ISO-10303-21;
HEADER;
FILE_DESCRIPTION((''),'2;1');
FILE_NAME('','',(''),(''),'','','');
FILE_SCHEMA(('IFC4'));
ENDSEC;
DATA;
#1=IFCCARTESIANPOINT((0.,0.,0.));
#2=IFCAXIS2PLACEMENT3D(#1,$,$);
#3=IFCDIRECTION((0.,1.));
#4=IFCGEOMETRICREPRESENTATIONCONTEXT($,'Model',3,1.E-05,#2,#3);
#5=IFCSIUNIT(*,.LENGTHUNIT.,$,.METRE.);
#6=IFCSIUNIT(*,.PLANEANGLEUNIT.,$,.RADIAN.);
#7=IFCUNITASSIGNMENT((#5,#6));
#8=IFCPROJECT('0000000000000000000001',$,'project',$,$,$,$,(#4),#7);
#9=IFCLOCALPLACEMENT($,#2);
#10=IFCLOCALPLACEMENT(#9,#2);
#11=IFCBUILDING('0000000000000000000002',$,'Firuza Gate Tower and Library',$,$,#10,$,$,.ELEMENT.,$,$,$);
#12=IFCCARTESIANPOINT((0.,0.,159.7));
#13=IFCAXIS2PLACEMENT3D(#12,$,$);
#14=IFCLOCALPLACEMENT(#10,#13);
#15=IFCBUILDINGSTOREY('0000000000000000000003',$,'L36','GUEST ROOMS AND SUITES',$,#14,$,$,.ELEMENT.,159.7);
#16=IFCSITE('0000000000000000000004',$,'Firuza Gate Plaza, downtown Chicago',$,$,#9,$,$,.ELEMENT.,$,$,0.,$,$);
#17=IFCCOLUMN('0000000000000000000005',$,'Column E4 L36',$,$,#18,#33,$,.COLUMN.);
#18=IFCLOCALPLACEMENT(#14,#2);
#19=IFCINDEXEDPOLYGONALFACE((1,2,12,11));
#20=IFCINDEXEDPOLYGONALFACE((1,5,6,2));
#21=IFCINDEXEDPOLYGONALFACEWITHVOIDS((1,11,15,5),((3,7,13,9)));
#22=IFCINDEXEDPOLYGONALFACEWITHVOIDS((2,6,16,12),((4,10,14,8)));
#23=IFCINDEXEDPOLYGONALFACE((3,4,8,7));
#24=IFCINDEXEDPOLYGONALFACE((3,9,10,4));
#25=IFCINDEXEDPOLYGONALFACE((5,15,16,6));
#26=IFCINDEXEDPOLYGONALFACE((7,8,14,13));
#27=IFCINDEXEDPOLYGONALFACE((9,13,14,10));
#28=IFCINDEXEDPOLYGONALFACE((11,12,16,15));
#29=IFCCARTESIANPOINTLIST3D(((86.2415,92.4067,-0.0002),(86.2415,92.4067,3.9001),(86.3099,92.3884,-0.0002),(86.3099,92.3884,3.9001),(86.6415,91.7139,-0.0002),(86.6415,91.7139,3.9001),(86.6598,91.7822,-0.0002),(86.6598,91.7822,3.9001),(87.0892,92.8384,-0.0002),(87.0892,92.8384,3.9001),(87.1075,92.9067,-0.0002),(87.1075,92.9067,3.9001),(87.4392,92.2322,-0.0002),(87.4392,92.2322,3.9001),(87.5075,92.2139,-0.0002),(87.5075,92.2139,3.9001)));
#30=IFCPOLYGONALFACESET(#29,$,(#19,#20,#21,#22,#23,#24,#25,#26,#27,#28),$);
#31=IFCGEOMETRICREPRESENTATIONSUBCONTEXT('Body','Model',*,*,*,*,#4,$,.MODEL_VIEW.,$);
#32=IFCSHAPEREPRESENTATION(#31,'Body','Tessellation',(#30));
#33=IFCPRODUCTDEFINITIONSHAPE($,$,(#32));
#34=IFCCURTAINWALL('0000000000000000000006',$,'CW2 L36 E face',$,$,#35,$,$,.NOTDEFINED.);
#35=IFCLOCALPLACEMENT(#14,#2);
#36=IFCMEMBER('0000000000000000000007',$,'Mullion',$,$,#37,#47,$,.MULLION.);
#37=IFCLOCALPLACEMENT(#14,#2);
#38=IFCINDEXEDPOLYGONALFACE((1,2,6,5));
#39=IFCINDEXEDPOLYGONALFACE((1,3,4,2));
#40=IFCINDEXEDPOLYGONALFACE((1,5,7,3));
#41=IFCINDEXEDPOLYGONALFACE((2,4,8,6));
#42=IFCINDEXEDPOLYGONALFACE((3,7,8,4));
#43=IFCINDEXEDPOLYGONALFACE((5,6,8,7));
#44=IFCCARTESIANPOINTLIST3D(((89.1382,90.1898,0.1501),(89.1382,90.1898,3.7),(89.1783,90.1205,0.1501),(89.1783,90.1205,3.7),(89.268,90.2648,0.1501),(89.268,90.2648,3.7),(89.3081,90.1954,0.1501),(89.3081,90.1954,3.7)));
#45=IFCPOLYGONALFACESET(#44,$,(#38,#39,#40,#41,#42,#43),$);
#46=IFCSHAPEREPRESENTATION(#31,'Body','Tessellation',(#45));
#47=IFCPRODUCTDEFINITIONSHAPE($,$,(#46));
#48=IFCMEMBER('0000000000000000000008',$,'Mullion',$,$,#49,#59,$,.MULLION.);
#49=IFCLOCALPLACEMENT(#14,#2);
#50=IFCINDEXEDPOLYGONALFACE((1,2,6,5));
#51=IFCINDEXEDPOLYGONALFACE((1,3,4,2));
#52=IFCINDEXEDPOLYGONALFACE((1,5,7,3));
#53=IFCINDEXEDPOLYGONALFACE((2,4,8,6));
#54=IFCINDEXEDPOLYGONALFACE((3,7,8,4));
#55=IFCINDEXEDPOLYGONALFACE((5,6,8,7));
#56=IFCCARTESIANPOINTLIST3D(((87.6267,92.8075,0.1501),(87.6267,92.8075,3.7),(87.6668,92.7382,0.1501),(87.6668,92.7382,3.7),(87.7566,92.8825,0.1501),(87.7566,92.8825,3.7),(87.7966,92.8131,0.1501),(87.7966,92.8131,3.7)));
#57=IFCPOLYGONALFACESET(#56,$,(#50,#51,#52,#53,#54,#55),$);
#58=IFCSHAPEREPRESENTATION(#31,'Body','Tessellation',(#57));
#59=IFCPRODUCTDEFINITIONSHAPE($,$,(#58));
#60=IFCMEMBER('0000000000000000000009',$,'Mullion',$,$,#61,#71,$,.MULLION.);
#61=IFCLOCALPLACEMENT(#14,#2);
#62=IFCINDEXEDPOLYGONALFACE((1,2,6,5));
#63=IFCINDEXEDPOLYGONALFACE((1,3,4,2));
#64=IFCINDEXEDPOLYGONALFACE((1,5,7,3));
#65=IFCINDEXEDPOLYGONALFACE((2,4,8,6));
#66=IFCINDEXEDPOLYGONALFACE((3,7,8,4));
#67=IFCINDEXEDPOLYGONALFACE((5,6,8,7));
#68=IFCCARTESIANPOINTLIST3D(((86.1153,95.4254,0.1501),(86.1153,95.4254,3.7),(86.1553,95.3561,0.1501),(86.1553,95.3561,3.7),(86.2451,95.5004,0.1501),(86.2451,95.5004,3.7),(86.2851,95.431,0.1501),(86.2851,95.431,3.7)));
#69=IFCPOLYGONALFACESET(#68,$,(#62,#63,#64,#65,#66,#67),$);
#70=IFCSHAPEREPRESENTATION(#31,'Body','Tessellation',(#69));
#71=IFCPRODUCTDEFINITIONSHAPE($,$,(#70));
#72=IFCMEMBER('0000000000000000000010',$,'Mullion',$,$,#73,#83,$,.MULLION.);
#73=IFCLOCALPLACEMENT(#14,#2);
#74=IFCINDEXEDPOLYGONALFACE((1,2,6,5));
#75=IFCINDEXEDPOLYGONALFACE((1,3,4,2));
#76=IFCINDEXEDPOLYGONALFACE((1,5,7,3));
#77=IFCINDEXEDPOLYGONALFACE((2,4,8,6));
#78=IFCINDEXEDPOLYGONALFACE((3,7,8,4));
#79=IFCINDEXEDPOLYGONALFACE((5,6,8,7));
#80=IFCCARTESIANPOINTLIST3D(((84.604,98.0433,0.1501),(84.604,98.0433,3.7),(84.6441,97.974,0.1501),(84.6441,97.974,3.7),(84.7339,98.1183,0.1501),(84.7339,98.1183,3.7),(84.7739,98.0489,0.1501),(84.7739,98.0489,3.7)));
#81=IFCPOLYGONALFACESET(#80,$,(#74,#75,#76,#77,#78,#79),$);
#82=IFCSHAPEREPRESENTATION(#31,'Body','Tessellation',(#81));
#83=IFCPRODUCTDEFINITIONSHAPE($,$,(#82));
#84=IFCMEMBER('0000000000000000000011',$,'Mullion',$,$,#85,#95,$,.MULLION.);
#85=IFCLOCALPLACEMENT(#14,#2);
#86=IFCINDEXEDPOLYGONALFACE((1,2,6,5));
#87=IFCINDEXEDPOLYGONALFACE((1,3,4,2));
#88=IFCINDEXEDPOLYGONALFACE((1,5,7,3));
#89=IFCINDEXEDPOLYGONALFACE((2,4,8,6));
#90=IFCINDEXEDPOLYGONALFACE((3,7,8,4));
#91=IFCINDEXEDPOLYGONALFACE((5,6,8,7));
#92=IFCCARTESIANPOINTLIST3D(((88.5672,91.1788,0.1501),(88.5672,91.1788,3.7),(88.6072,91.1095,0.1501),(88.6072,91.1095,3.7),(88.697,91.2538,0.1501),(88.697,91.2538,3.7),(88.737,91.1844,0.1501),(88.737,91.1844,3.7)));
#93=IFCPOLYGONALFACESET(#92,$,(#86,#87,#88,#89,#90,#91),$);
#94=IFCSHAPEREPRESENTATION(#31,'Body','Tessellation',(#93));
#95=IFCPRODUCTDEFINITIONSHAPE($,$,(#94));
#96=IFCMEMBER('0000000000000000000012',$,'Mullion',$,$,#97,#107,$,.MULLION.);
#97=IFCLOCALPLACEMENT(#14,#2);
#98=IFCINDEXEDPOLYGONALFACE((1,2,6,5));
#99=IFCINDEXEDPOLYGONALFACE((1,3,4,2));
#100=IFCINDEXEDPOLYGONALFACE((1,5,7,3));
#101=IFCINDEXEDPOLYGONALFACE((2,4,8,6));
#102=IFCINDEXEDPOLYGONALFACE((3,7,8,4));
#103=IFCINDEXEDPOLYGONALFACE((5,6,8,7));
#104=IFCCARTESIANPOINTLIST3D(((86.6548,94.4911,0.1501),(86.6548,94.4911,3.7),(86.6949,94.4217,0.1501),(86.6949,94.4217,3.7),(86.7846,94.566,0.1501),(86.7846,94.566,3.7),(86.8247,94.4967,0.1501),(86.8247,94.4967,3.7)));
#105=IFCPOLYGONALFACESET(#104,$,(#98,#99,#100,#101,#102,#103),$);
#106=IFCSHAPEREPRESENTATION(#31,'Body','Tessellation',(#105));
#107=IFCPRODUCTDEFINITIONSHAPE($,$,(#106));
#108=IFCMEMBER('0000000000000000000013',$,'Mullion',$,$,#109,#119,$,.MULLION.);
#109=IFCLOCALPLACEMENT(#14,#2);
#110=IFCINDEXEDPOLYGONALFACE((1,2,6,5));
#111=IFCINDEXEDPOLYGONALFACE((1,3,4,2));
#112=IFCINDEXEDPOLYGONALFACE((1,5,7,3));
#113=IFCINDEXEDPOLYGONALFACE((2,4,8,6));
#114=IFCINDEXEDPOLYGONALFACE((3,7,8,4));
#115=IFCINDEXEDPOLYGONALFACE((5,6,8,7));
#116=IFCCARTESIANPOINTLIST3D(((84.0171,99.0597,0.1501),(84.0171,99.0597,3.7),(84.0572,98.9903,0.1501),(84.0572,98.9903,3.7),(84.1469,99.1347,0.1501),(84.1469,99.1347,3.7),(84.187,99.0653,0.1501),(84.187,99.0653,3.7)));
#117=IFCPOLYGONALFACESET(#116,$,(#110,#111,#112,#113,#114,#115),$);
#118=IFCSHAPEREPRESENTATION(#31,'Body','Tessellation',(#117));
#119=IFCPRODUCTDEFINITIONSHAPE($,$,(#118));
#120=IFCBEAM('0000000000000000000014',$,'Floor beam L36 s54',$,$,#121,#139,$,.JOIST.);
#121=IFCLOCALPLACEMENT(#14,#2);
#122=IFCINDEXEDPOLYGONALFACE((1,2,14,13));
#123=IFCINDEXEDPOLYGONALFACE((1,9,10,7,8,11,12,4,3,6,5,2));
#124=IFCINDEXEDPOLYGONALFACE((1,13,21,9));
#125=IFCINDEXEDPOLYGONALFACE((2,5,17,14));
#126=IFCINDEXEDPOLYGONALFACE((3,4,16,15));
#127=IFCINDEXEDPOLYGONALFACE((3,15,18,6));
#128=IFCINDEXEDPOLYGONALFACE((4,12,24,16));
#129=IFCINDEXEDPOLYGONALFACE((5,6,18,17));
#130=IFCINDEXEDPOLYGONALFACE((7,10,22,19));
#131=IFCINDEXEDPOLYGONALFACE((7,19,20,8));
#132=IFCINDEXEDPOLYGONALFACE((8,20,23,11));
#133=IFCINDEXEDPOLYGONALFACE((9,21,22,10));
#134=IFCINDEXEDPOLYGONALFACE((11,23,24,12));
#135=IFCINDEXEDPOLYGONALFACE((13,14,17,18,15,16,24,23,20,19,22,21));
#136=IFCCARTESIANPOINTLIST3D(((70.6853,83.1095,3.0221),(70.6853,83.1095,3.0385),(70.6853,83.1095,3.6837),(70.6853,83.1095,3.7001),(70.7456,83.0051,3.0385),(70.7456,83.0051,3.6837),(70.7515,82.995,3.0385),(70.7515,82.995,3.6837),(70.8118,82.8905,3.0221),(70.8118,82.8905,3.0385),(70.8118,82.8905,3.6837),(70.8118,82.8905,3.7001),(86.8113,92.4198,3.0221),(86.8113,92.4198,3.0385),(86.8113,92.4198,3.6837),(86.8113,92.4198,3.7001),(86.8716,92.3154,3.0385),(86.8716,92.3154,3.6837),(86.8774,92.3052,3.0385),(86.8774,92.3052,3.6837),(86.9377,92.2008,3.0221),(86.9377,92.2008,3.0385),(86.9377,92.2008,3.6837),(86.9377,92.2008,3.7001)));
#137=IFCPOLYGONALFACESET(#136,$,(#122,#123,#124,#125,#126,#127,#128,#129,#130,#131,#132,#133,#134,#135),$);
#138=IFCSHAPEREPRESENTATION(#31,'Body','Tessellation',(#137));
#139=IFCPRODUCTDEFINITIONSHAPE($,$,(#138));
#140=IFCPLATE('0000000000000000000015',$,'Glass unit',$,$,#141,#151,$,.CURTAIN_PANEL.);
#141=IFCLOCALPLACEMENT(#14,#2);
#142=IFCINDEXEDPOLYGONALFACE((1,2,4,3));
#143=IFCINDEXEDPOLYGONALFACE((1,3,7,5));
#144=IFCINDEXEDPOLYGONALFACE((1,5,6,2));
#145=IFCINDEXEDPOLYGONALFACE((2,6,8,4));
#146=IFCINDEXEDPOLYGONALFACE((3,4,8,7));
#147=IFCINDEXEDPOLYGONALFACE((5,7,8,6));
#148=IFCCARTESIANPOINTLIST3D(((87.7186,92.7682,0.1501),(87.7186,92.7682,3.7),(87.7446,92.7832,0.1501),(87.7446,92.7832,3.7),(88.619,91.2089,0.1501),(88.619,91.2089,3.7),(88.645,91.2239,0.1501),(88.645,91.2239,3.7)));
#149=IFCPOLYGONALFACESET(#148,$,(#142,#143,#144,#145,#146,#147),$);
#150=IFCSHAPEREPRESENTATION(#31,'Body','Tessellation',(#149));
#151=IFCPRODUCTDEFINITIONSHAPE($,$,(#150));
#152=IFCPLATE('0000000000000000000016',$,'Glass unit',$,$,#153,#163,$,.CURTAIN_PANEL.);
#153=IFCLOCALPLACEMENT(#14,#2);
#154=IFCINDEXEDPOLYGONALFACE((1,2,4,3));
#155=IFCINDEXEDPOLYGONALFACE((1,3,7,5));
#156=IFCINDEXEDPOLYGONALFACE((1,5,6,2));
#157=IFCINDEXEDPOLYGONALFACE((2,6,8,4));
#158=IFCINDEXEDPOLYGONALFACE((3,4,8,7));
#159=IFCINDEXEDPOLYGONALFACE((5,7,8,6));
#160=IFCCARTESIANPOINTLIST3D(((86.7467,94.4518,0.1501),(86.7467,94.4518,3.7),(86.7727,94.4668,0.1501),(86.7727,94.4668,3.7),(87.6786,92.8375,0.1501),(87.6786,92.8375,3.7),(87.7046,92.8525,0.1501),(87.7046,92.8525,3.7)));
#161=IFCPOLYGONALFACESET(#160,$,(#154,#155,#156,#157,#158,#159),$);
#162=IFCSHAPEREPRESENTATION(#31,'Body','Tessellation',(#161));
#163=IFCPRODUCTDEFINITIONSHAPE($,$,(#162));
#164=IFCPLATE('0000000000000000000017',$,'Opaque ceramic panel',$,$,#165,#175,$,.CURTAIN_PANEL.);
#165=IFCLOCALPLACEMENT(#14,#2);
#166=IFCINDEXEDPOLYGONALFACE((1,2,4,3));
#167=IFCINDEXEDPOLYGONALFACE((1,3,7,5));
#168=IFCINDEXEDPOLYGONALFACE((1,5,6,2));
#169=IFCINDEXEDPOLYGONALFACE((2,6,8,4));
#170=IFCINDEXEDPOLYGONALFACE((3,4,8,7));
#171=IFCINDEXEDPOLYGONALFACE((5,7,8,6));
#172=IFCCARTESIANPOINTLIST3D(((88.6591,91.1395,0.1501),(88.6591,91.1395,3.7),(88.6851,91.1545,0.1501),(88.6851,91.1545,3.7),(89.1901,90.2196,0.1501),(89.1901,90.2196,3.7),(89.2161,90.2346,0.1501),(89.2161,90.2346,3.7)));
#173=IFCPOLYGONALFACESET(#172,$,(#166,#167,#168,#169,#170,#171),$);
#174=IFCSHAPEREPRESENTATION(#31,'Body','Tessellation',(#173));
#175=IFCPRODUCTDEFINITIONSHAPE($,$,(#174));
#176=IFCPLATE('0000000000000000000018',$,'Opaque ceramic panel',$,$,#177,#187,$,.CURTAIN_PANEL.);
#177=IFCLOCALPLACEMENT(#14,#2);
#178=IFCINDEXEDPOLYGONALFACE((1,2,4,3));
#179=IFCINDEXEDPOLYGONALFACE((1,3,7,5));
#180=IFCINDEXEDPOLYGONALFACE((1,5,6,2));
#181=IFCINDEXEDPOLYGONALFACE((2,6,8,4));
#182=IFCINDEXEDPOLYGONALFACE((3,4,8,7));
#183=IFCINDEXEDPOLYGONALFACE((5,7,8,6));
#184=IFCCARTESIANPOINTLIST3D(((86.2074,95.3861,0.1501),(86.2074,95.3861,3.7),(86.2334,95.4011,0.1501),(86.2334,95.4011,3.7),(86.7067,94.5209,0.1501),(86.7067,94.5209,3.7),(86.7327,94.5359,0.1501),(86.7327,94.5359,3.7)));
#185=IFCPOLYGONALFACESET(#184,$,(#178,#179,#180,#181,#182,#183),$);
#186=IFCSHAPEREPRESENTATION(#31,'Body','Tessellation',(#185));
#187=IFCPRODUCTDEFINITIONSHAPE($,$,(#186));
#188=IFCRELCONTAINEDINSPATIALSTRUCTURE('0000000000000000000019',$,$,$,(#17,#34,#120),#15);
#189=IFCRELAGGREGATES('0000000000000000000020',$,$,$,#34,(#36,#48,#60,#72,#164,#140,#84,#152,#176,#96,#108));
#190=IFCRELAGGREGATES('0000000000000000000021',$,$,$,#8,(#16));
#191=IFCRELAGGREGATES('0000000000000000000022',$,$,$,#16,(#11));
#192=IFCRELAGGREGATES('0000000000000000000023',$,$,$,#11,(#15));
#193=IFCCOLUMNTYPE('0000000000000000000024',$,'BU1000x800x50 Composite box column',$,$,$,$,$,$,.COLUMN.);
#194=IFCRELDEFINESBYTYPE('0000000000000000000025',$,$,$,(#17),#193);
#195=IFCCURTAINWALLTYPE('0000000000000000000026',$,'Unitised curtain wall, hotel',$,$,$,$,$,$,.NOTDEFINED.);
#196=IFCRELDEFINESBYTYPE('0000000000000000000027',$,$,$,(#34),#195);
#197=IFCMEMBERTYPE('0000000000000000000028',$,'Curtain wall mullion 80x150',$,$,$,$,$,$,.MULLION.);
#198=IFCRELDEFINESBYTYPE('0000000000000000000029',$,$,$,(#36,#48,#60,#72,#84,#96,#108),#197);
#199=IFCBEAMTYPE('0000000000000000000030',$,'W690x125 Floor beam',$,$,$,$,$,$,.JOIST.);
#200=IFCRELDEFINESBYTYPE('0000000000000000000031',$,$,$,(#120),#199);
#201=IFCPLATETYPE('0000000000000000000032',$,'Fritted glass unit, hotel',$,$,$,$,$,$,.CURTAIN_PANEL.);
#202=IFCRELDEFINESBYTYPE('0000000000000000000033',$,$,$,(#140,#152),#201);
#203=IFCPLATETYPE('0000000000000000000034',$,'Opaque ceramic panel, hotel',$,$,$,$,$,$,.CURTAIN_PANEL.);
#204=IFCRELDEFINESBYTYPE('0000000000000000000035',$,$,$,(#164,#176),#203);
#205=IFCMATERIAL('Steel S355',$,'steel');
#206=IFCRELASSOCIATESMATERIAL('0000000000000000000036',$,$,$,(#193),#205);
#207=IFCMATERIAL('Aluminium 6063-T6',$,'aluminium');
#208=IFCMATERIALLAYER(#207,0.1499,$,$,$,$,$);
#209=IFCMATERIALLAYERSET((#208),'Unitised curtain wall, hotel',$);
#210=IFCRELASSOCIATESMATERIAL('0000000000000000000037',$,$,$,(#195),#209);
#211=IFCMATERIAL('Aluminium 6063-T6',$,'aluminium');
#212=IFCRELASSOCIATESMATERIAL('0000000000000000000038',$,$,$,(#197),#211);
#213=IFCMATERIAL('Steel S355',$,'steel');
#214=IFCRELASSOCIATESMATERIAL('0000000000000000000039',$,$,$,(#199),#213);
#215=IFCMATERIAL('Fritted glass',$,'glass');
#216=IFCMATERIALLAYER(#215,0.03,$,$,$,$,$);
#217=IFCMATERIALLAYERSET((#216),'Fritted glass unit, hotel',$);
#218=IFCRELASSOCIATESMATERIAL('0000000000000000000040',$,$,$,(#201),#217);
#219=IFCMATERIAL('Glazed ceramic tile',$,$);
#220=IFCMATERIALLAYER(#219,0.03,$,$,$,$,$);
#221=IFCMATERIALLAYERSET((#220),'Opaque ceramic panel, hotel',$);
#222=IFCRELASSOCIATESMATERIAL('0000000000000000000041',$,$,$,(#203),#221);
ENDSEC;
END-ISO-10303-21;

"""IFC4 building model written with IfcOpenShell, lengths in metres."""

from ifc_helpers import new_model, si_unit, direction, frame, origin, origin_2d, place, context, subcontext, project, spatial, polyline, rectangle, hollow_rectangle, i_section, outline, extrude, material, layer, layer_set, material_profile, profile_set, type_object, element, aggregate, save


model = new_model("IFC4")

# Units and contexts
model_context = context("Model", 3, precision=1e-05, world=origin(), true_north=direction((0.0, 1.0)))
body_context = subcontext(model_context, "Body", "Model", "MODEL_VIEW")
ifc_project = project(units=[si_unit("LENGTHUNIT", "METRE"), si_unit("PLANEANGLEUNIT", "RADIAN")], contexts=[model_context])

# Site, building, storey
site_placement = place(None, origin())
site = spatial("IfcSite", under=ifc_project, at=site_placement, Name="Firuza Gate Plaza, downtown Chicago", CompositionType="ELEMENT", RefElevation=0.0)
building_placement = place(site_placement, origin())
building = spatial("IfcBuilding", under=site, at=building_placement, Name="Firuza Gate Tower and Library", CompositionType="ELEMENT")
storey_placement = place(building_placement, frame((0.0, 0.0, 159.7)))
storey = spatial("IfcBuildingStorey", under=building, at=storey_placement, Name="L36", Description="GUEST ROOMS AND SUITES", CompositionType="ELEMENT", Elevation=159.7)

# Column
ifc_material_1 = material(Name="Steel S355", Category="steel")
ifc_material_profile_1 = material_profile(ifc_material_1, hollow_rectangle(XDim=0.8, YDim=1.0, WallThickness=0.05, at=origin_2d()))
ifc_profile_set_1 = profile_set([ifc_material_profile_1], Name="Steel S355")
column_type = type_object("IfcColumnType", Name="BU1000x800x50 Composite box column", PredefinedType="COLUMN", material=ifc_profile_set_1)
column_placement = place(storey_placement, frame((86.8745, 92.3103, -0.0002), z_axis=(0.0, 0.0, 1.0), x_axis=(-0.5, 0.866025, 0.0)))
element("IfcColumn", 1, at=column_placement, inside=storey, type_object=column_type, Name="Column E4 L36", PredefinedType="COLUMN", context=body_context, shape_type="SweptSolid", body=[
    extrude(hollow_rectangle(XDim=0.8, YDim=1.0, WallThickness=0.05, at=origin_2d()), origin(), (0.0, 0.0, 1.0), 3.9004),
])

# Curtain wall, members
ifc_material_2 = material(Name="Aluminium 6063-T6", Category="aluminium")
ifc_layer_1 = layer(ifc_material_2, 0.1499)
ifc_layer_set_1 = layer_set([ifc_layer_1], Name="Unitised curtain wall, hotel")
curtain_wall_type = type_object("IfcCurtainWallType", Name="Unitised curtain wall, hotel", PredefinedType="NOTDEFINED", material=ifc_layer_set_1)
curtain_wall_placement = place(storey_placement, origin())
curtain_wall = element("IfcCurtainWall", 2, at=curtain_wall_placement, inside=storey, type_object=curtain_wall_type, Name="CW2 L36 E face", PredefinedType="NOTDEFINED")
ifc_material_3 = material(Name="Aluminium 6063-T6", Category="aluminium")
ifc_material_profile_2 = material_profile(ifc_material_3, rectangle(XDim=0.1499, YDim=0.0801, at=origin_2d()))
ifc_profile_set_2 = profile_set([ifc_material_profile_2], Name="Aluminium 6063-T6")
member_type = type_object("IfcMemberType", Name="Curtain wall mullion 80x150", PredefinedType="MULLION", material=ifc_profile_set_2)
member_1_placement = place(storey_placement, frame((89.2231, 90.1926, 0.1501), z_axis=(0.0, 0.0, 1.0), x_axis=(-0.866025, -0.5, 0.0)))
member_1 = element("IfcMember", 3, at=member_1_placement, type_object=member_type, Name="Mullion", PredefinedType="MULLION", context=body_context, shape_type="SweptSolid", body=[
    extrude(rectangle(XDim=0.1499, YDim=0.0801, at=origin_2d()), origin(), (0.0, 0.0, 1.0), 3.5498),
])
member_2_placement = place(storey_placement, frame((87.7117, 92.8103, 0.1501), z_axis=(0.0, 0.0, 1.0), x_axis=(-0.866025, -0.5, 0.0)))
member_2 = element("IfcMember", 4, at=member_2_placement, type_object=member_type, Name="Mullion", PredefinedType="MULLION", context=body_context, shape_type="SweptSolid", body=[
    extrude(rectangle(XDim=0.1499, YDim=0.0801, at=origin_2d()), origin(), (0.0, 0.0, 1.0), 3.5498),
])
member_3_placement = place(storey_placement, frame((86.2002, 95.4282, 0.1501), z_axis=(0.0, 0.0, 1.0), x_axis=(-0.866025, -0.5, 0.0)))
member_3 = element("IfcMember", 5, at=member_3_placement, type_object=member_type, Name="Mullion", PredefinedType="MULLION", context=body_context, shape_type="SweptSolid", body=[
    extrude(rectangle(XDim=0.1499, YDim=0.0801, at=origin_2d()), origin(), (0.0, 0.0, 1.0), 3.5498),
])
member_4_placement = place(storey_placement, frame((84.689, 98.0461, 0.1501), z_axis=(0.0, 0.0, 1.0), x_axis=(-0.866025, -0.5, 0.0)))
member_4 = element("IfcMember", 6, at=member_4_placement, type_object=member_type, Name="Mullion", PredefinedType="MULLION", context=body_context, shape_type="SweptSolid", body=[
    extrude(rectangle(XDim=0.1499, YDim=0.0801, at=origin_2d()), origin(), (0.0, 0.0, 1.0), 3.5498),
])
member_5_placement = place(storey_placement, frame((88.6521, 91.1816, 0.1501), z_axis=(0.0, 0.0, 1.0), x_axis=(-0.866025, -0.5, 0.0)))
member_5 = element("IfcMember", 7, at=member_5_placement, type_object=member_type, Name="Mullion", PredefinedType="MULLION", context=body_context, shape_type="SweptSolid", body=[
    extrude(rectangle(XDim=0.1499, YDim=0.0801, at=origin_2d()), origin(), (0.0, 0.0, 1.0), 3.5498),
])
member_6_placement = place(storey_placement, frame((86.7397, 94.4939, 0.1501), z_axis=(0.0, 0.0, 1.0), x_axis=(-0.866025, -0.5, 0.0)))
member_6 = element("IfcMember", 8, at=member_6_placement, type_object=member_type, Name="Mullion", PredefinedType="MULLION", context=body_context, shape_type="SweptSolid", body=[
    extrude(rectangle(XDim=0.1499, YDim=0.0801, at=origin_2d()), origin(), (0.0, 0.0, 1.0), 3.5498),
])
member_7_placement = place(storey_placement, frame((84.1021, 99.0625, 0.1501), z_axis=(0.0, 0.0, 1.0), x_axis=(-0.866025, -0.5, 0.0)))
member_7 = element("IfcMember", 9, at=member_7_placement, type_object=member_type, Name="Mullion", PredefinedType="MULLION", context=body_context, shape_type="SweptSolid", body=[
    extrude(rectangle(XDim=0.1499, YDim=0.0801, at=origin_2d()), origin(), (0.0, 0.0, 1.0), 3.5498),
])

# Beam
ifc_material_4 = material(Name="Steel S355", Category="steel")
ifc_material_profile_3 = material_profile(ifc_material_4, i_section(OverallWidth=0.2529, OverallDepth=0.678, WebThickness=0.0117, FlangeThickness=0.0164, at=origin_2d()))
ifc_profile_set_3 = profile_set([ifc_material_profile_3], Name="Steel S355")
beam_type = type_object("IfcBeamType", Name="W690x125 Floor beam", PredefinedType="JOIST", material=ifc_profile_set_3)
beam_placement = place(storey_placement, frame((86.8745, 92.3103, 3.3611), z_axis=(-0.866026, -0.499999, 0.0), x_axis=(0.499999, -0.866026, 0.0)))
element("IfcBeam", 10, at=beam_placement, inside=storey, type_object=beam_type, Name="Floor beam L36 s54", PredefinedType="JOIST", context=body_context, shape_type="SweptSolid", body=[
    extrude(i_section(OverallWidth=0.2529, OverallDepth=0.678, WebThickness=0.0117, FlangeThickness=0.0164, at=origin_2d()), origin(), (0.0, 0.0, 1.0), 18.6206),
])

# Plates
ifc_material_5 = material(Name="Fritted glass", Category="glass")
ifc_layer_2 = layer(ifc_material_5, 0.03)
ifc_layer_set_2 = layer_set([ifc_layer_2], Name="Fritted glass unit, hotel")
plate_type_1 = type_object("IfcPlateType", Name="Fritted glass unit, hotel", PredefinedType="CURTAIN_PANEL", material=ifc_layer_set_2)
plate_1_placement = place(storey_placement, frame((88.645, 91.2239, 0.1501), z_axis=(0.865998, 0.500047, 0.0), x_axis=(-0.500047, 0.865998, 0.0)))
plate_1 = element("IfcPlate", 11, at=plate_1_placement, type_object=plate_type_1, Name="Glass unit", PredefinedType="CURTAIN_PANEL", context=body_context, shape_type="SweptSolid", body=[
    extrude(outline(polyline([(0.0, 0.0), (1.8006, 0.0), (1.8006, 3.5498), (0.0, 3.5498), (0.0, 0.0)])), origin(), (0.0, 0.0, -1.0), 0.03),
])
plate_2_placement = place(storey_placement, frame((87.7046, 92.8525, 0.1501), z_axis=(0.86605, 0.499957, 0.0), x_axis=(-0.499957, 0.86605, 0.0)))
plate_2 = element("IfcPlate", 12, at=plate_2_placement, type_object=plate_type_1, Name="Glass unit", PredefinedType="CURTAIN_PANEL", context=body_context, shape_type="SweptSolid", body=[
    extrude(outline(polyline([(0.0, 0.0), (1.8639, 0.0), (1.8639, 3.5498), (0.0, 3.5498), (0.0, 0.0)])), origin(), (0.0, 0.0, -1.0), 0.03),
])
ifc_material_6 = material(Name="Glazed ceramic tile")
ifc_layer_3 = layer(ifc_material_6, 0.03)
ifc_layer_set_3 = layer_set([ifc_layer_3], Name="Opaque ceramic panel, hotel")
plate_type_2 = type_object("IfcPlateType", Name="Opaque ceramic panel, hotel", PredefinedType="CURTAIN_PANEL", material=ifc_layer_set_3)
plate_3_placement = place(storey_placement, frame((89.2161, 90.2346, 0.1501), z_axis=(0.866071, 0.499921, 0.0), x_axis=(-0.499921, 0.866071, 0.0)))
plate_3 = element("IfcPlate", 13, at=plate_3_placement, type_object=plate_type_2, Name="Opaque ceramic panel", PredefinedType="CURTAIN_PANEL", context=body_context, shape_type="SweptSolid", body=[
    extrude(outline(polyline([(0.0, 0.0), (1.0622, 0.0), (1.0622, 3.5498), (0.0, 3.5498), (0.0, 0.0)])), origin(), (0.0, 0.0, -1.0), 0.03),
])
plate_4_placement = place(storey_placement, frame((86.7327, 94.5359, 0.1501), z_axis=(0.866145, 0.499793, 0.0), x_axis=(-0.499793, 0.866145, 0.0)))
plate_4 = element("IfcPlate", 14, at=plate_4_placement, type_object=plate_type_2, Name="Opaque ceramic panel", PredefinedType="CURTAIN_PANEL", context=body_context, shape_type="SweptSolid", body=[
    extrude(outline(polyline([(0.0, 0.0), (0.9989, 0.0), (0.9989, 3.5498), (0.0, 3.5498), (0.0, 0.0)])), origin(), (0.0, 0.0, -1.0), 0.03),
])
aggregate(curtain_wall, [member_1, member_2, member_3, member_4, plate_3, plate_1, member_5, plate_2, plate_4, member_6, member_7])

save(model, "model.ifc")
